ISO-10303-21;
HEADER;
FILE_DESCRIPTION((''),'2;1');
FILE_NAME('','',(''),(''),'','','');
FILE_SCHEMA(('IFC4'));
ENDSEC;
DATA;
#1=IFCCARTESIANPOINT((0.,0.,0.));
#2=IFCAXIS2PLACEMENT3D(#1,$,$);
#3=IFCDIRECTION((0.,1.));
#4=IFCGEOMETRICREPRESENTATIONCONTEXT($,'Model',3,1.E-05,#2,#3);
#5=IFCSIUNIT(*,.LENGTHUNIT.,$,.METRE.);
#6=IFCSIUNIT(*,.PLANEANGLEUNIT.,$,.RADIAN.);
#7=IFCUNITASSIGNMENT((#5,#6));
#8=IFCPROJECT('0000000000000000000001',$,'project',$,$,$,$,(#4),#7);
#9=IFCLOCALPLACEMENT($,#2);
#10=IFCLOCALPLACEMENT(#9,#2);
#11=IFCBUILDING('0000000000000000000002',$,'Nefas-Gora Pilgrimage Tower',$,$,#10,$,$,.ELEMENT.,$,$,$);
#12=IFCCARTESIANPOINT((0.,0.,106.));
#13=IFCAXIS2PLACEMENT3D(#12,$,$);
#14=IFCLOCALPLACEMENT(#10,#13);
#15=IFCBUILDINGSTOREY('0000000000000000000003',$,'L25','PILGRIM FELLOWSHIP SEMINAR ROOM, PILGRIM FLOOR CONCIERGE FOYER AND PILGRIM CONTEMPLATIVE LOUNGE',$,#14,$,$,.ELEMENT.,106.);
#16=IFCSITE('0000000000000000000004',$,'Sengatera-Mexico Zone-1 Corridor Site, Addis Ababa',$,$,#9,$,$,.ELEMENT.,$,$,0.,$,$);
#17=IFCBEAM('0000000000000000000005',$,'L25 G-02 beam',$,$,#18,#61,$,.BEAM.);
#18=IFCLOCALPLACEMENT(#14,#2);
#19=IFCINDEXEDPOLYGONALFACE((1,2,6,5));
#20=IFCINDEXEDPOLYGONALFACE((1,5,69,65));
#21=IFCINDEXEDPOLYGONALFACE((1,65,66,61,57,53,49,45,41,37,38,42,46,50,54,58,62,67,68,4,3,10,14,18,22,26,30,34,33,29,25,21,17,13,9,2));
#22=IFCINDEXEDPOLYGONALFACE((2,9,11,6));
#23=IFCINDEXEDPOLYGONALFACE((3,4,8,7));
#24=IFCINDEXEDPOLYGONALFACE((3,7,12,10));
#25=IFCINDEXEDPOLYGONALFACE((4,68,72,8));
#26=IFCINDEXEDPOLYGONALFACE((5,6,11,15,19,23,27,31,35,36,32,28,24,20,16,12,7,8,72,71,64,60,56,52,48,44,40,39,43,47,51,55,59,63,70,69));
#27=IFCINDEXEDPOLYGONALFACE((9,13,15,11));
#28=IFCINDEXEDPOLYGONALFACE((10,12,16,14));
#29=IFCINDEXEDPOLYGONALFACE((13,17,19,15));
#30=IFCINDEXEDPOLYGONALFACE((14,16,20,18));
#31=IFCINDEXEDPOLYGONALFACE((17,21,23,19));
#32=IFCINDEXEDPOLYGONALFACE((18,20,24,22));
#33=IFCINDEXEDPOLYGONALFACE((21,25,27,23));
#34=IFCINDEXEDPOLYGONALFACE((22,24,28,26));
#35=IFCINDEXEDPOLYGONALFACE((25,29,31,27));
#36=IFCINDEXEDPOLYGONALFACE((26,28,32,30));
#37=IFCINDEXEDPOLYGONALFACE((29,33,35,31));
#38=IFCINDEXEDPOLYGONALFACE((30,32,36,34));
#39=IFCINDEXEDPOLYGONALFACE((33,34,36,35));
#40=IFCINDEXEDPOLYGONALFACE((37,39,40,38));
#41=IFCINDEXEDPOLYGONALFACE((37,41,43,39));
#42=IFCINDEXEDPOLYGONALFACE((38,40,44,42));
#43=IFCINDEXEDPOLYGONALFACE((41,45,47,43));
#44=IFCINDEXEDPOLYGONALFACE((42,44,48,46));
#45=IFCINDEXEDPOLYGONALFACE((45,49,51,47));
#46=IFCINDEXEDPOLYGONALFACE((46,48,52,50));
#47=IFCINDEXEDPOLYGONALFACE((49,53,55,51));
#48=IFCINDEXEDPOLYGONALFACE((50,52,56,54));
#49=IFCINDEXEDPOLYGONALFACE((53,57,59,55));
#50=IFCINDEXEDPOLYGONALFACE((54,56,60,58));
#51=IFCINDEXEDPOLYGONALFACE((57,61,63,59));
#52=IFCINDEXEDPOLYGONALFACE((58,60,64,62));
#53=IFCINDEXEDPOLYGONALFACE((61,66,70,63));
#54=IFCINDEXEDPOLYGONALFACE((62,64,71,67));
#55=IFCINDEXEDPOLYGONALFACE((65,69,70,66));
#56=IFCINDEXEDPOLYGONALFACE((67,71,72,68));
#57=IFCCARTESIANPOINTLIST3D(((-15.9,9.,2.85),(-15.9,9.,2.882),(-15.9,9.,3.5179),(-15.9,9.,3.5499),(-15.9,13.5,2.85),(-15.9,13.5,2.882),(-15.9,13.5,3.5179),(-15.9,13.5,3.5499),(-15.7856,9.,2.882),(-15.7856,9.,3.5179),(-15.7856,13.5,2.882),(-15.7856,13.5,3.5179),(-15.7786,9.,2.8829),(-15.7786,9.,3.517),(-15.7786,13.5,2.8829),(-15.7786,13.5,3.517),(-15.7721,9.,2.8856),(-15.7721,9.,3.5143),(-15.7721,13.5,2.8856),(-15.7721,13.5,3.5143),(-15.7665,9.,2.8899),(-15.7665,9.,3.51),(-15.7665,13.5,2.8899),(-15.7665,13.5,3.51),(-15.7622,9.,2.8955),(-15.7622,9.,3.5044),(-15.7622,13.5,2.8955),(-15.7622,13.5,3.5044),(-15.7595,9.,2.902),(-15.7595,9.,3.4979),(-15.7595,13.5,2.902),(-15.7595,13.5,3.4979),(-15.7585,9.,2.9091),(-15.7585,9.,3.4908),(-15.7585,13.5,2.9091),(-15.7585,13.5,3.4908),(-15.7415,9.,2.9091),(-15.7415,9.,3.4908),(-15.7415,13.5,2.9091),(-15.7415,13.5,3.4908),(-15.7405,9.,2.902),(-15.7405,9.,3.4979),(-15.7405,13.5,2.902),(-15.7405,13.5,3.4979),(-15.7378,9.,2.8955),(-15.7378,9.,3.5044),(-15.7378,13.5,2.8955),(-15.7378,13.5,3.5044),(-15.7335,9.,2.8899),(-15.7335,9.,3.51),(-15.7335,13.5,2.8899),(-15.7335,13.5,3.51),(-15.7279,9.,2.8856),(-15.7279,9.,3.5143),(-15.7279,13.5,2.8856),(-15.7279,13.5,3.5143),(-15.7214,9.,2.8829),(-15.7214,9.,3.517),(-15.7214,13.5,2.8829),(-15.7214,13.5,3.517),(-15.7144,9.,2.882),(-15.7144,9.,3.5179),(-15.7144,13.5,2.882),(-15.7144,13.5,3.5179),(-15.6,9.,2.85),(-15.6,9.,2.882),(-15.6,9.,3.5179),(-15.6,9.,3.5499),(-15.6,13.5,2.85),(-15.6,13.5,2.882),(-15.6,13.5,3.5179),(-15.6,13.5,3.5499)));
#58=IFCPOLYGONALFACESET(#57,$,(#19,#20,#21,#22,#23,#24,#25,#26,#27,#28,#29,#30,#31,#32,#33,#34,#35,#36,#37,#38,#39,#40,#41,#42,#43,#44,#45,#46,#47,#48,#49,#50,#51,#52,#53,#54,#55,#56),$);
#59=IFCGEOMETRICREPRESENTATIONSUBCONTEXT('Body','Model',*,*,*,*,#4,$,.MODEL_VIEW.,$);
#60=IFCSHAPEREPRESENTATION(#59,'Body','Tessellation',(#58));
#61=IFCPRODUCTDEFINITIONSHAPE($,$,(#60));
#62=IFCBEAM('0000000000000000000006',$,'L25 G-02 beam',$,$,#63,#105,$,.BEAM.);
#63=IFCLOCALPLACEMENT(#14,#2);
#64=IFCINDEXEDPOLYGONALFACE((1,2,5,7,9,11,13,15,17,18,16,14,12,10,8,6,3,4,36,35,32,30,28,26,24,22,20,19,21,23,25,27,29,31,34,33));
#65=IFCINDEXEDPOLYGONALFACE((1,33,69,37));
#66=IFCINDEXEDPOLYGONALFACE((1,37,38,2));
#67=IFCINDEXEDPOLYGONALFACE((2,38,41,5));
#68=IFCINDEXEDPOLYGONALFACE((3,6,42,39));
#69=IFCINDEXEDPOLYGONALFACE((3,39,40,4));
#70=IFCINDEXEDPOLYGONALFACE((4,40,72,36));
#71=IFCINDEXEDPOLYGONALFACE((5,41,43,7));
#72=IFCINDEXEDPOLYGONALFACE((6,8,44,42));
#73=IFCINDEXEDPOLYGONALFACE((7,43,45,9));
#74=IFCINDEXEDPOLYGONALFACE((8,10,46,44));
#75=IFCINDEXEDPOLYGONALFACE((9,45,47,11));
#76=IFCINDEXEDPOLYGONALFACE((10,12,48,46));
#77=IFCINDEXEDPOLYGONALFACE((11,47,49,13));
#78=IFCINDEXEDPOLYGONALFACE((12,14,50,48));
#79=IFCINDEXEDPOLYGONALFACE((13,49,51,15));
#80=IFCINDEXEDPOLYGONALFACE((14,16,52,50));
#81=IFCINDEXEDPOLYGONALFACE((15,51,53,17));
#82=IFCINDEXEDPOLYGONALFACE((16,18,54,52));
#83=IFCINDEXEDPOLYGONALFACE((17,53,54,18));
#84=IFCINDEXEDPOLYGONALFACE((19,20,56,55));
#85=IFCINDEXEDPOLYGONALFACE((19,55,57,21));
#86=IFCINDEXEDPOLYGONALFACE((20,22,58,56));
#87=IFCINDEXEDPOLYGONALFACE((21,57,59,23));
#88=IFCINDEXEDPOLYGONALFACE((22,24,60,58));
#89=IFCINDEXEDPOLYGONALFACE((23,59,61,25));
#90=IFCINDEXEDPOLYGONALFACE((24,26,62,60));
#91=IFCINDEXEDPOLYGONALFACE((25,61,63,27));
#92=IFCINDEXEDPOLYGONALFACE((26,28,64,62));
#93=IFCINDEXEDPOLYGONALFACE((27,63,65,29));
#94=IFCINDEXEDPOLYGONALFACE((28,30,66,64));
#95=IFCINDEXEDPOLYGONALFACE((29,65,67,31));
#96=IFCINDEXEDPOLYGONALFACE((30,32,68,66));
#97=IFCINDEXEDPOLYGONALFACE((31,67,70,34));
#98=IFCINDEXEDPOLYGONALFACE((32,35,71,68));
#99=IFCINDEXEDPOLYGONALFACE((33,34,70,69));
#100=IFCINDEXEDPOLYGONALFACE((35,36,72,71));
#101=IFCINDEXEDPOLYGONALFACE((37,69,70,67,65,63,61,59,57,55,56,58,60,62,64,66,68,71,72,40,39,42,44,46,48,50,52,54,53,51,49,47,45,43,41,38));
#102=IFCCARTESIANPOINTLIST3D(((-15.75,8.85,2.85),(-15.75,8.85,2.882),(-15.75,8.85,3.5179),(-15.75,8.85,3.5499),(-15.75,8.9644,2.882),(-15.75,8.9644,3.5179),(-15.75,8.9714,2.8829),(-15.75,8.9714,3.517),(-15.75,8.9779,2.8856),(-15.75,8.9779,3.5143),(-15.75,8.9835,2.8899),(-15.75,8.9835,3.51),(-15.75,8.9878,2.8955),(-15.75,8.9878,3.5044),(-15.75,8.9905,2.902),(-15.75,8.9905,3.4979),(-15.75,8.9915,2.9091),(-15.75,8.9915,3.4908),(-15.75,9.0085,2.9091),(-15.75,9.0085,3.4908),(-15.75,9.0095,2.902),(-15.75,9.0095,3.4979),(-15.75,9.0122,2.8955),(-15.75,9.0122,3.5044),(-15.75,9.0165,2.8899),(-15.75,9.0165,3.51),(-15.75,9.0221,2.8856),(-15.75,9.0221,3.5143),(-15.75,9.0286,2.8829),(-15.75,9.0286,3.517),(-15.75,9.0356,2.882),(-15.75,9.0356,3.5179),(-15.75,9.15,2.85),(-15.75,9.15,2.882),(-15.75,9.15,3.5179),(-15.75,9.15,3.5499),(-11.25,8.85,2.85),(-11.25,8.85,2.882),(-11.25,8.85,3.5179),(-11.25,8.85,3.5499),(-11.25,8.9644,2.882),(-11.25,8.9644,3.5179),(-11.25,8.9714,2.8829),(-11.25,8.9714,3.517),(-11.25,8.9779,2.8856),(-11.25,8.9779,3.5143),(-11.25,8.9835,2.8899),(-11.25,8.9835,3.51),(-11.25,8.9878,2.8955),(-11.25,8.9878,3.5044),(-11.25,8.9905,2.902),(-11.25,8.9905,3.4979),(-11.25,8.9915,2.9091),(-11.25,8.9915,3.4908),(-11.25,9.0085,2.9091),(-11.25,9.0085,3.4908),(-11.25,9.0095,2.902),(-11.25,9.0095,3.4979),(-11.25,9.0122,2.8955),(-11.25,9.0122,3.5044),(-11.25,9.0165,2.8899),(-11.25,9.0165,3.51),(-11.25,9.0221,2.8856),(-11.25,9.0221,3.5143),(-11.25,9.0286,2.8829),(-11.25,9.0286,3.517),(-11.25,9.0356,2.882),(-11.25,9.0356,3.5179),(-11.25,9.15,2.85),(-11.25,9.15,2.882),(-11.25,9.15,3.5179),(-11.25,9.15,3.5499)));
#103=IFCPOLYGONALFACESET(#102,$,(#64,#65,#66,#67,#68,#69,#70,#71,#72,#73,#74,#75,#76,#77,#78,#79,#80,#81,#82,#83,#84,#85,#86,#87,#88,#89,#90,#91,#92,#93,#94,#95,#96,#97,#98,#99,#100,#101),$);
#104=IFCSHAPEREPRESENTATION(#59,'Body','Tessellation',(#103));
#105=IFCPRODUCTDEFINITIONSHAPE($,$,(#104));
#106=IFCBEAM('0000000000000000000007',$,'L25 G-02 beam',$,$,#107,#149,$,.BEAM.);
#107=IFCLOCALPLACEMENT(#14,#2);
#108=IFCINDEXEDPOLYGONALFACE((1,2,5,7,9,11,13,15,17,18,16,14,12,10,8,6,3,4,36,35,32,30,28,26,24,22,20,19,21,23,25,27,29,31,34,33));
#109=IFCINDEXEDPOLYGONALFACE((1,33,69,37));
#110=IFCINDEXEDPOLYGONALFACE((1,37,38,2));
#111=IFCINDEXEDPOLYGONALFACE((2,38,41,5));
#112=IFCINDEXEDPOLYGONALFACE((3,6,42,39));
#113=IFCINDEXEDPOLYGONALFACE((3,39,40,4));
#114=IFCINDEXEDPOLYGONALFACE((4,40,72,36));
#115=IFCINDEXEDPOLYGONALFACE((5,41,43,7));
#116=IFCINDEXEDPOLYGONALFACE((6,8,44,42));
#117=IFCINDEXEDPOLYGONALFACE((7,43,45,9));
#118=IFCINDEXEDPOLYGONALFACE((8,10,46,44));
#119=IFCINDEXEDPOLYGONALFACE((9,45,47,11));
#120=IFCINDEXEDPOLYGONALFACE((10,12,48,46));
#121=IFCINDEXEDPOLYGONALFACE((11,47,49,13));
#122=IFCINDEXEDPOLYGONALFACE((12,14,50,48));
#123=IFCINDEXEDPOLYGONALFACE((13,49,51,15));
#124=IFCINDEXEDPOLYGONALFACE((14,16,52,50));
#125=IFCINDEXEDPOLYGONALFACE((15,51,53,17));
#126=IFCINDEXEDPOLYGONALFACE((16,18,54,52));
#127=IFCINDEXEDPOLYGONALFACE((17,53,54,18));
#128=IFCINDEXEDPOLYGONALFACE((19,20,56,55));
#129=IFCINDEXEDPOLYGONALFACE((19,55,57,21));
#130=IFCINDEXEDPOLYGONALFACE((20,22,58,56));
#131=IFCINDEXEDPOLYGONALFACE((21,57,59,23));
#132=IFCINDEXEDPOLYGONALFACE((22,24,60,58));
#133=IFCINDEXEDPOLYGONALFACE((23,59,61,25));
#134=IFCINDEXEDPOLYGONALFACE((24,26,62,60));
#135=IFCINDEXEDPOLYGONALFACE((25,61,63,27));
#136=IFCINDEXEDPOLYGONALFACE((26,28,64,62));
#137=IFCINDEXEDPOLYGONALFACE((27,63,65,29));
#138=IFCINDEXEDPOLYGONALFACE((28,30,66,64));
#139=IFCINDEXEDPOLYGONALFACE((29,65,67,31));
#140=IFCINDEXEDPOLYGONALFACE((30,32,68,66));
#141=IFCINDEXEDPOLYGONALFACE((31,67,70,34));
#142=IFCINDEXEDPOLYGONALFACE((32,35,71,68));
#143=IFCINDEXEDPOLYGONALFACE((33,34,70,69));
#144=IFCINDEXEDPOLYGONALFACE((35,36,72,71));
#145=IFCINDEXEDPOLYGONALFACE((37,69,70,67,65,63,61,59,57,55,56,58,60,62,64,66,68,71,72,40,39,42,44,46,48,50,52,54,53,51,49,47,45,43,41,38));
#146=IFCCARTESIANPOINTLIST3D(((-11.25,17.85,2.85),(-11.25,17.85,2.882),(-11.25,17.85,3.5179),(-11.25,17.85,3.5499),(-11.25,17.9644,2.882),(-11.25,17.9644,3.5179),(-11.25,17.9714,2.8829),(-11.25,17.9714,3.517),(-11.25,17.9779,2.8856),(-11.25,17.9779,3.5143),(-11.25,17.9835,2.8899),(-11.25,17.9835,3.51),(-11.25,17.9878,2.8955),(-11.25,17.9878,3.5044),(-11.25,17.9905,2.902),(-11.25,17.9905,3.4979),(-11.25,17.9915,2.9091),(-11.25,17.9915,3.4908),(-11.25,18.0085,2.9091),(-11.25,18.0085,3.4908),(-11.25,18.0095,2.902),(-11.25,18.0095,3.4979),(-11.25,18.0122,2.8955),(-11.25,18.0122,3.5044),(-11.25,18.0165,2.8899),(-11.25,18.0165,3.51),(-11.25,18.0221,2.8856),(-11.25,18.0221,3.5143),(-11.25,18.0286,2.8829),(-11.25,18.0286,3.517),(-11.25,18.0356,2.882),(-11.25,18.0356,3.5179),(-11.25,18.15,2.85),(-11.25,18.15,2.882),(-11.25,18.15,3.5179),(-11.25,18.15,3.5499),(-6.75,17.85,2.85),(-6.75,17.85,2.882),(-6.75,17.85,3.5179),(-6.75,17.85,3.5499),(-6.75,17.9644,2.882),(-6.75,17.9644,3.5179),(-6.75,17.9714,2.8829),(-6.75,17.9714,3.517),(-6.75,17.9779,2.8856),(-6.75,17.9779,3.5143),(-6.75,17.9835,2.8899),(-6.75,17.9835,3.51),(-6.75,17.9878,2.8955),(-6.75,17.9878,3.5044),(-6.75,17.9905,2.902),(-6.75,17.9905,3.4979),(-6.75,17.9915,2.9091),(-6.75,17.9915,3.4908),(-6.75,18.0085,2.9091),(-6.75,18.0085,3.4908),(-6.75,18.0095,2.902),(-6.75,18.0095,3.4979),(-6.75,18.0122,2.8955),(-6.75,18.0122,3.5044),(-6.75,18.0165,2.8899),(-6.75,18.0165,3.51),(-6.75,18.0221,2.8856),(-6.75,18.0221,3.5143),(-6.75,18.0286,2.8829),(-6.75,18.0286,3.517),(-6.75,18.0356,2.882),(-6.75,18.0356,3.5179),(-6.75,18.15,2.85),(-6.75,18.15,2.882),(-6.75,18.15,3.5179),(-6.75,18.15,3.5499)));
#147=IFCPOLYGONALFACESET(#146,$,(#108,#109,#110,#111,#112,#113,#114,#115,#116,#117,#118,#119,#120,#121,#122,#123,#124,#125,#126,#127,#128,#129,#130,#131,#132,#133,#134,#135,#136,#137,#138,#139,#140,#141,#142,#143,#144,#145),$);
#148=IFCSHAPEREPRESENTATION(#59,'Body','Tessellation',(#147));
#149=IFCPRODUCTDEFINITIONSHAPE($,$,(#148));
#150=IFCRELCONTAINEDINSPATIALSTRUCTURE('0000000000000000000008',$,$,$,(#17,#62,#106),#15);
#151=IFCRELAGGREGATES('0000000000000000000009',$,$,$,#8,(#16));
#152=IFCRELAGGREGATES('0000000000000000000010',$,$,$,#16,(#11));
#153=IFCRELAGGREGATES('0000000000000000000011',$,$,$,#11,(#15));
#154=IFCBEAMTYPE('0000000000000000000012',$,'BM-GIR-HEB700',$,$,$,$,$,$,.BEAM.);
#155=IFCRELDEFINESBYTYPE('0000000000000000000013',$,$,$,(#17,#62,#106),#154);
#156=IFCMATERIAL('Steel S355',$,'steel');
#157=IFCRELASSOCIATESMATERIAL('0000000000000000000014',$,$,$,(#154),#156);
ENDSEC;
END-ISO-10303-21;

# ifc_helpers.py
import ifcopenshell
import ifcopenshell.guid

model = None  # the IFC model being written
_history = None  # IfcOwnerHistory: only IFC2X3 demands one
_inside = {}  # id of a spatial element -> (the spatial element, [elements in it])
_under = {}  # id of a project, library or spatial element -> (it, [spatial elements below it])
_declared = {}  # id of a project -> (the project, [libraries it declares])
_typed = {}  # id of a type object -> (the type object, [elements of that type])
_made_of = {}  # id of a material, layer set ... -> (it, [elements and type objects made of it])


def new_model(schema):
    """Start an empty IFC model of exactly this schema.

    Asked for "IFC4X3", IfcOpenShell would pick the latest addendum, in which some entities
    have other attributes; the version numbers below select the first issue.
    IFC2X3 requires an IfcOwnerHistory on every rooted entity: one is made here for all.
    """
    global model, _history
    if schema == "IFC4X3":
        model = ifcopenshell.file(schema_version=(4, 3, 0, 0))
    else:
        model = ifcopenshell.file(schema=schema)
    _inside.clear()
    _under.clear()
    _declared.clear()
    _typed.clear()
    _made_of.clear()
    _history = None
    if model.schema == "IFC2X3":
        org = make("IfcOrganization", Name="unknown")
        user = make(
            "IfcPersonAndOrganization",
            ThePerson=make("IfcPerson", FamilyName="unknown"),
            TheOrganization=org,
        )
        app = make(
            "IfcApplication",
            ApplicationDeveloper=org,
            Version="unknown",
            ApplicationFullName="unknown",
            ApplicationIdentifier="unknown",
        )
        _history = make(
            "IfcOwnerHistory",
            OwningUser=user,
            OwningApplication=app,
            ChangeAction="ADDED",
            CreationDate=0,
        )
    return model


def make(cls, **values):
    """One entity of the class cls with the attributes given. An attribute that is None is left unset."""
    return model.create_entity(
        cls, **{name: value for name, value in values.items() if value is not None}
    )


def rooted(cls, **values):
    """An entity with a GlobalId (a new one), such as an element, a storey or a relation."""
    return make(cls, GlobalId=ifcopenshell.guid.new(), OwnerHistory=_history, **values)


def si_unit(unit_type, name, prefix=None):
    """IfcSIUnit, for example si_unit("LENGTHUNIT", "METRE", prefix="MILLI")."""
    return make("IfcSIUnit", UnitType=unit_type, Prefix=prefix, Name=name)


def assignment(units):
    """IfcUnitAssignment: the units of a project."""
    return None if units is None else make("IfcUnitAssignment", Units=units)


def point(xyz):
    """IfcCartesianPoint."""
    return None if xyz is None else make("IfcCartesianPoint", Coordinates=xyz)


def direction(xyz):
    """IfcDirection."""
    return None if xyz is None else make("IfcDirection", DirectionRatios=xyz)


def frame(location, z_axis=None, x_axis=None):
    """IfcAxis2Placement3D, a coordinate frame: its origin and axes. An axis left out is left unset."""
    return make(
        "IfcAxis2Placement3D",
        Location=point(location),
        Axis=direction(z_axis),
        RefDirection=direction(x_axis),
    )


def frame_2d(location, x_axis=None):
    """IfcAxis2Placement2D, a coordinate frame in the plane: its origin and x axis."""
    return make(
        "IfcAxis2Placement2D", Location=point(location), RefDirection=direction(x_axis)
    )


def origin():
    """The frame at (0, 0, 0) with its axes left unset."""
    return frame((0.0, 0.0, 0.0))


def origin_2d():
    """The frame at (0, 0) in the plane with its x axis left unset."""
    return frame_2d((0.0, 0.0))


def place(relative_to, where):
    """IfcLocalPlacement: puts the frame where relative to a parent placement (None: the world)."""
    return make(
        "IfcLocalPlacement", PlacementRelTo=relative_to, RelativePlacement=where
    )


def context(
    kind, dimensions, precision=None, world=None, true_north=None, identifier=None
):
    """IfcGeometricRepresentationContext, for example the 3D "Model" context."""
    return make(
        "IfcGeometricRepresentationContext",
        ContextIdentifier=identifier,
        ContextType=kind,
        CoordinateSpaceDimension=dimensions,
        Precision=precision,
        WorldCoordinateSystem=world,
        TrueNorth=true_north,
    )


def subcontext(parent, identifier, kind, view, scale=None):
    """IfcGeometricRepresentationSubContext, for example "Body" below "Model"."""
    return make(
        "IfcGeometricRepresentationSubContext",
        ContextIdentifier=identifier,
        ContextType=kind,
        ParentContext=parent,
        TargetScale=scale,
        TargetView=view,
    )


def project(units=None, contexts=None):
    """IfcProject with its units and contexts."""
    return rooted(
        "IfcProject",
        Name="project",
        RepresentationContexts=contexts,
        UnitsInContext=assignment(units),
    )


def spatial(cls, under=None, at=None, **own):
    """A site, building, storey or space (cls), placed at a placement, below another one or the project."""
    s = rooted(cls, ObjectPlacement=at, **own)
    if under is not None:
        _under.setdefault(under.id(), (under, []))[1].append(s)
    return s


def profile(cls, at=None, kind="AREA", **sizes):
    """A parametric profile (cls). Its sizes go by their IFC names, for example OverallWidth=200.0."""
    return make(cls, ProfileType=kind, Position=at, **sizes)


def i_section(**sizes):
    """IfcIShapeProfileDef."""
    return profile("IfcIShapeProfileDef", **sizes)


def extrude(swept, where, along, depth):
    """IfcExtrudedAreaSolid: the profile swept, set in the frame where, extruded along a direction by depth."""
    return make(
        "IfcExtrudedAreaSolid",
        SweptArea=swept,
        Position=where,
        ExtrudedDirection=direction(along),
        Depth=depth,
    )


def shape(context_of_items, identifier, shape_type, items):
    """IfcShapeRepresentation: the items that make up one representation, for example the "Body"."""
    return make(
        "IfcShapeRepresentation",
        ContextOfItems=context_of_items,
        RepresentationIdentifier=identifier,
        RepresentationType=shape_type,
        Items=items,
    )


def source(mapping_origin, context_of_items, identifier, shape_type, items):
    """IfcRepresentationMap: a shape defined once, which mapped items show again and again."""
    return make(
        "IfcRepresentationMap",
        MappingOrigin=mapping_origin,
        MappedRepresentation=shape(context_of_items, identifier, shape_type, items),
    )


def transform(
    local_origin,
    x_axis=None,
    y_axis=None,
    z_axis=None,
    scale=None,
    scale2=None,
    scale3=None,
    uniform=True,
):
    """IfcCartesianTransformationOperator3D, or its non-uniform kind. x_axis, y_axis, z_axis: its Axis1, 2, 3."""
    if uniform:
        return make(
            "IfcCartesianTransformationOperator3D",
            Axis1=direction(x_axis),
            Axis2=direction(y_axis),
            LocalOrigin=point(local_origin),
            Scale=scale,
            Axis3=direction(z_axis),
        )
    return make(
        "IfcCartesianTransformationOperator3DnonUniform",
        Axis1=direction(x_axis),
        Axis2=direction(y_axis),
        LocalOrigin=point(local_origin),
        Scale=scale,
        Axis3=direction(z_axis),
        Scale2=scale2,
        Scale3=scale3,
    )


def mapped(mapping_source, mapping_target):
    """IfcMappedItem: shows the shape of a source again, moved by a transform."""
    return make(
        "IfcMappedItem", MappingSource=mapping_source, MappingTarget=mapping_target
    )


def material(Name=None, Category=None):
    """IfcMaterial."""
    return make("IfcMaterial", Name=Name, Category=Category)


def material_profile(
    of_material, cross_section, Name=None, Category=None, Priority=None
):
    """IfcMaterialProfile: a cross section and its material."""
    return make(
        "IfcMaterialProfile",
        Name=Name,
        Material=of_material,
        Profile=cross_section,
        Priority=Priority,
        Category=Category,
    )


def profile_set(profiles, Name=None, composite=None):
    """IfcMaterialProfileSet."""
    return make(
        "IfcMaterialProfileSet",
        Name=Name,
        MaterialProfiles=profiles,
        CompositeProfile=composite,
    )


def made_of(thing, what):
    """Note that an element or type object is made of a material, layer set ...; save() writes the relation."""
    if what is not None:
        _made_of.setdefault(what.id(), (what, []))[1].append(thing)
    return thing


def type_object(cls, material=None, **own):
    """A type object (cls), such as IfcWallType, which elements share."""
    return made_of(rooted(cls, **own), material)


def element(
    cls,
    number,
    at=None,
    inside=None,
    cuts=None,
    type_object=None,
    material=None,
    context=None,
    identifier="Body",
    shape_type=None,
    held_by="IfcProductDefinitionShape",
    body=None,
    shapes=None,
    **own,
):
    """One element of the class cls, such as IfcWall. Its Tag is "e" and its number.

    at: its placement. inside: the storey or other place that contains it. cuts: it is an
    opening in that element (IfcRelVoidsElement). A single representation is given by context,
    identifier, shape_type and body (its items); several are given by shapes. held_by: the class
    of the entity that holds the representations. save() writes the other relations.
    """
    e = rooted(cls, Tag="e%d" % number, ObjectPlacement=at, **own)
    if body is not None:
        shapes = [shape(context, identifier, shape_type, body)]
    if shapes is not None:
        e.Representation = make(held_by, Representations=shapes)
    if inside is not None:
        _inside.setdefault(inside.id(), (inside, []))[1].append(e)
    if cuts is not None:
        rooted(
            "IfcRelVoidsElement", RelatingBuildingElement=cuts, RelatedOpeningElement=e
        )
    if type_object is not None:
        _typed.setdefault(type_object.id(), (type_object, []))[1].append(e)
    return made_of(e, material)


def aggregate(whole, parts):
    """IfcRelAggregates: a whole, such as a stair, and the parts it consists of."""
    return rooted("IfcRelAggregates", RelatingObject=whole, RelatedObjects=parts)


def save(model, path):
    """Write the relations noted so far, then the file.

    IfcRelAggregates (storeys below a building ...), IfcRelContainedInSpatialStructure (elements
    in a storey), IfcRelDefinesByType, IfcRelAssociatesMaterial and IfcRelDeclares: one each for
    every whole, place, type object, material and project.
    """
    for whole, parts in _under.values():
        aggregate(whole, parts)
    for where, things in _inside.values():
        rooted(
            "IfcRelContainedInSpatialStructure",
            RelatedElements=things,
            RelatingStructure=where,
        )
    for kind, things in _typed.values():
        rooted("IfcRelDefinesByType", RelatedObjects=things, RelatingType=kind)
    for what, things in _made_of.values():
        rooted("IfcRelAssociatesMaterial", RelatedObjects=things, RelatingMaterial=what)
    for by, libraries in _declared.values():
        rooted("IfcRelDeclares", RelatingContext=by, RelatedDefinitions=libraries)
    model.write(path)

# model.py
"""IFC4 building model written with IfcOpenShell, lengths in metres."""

from ifc_helpers import new_model, si_unit, direction, frame, origin, origin_2d, place, context, subcontext, project, spatial, i_section, extrude, source, transform, mapped, material, material_profile, profile_set, type_object, element, save


model = new_model("IFC4")

# Units and contexts
model_context = context("Model", 3, precision=1e-05, world=origin(), true_north=direction((0.0, 1.0)))
body_context = subcontext(model_context, "Body", "Model", "MODEL_VIEW")
ifc_project = project(units=[si_unit("LENGTHUNIT", "METRE"), si_unit("PLANEANGLEUNIT", "RADIAN")], contexts=[model_context])

# Site, building, storey
site_placement = place(None, origin())
site = spatial("IfcSite", under=ifc_project, at=site_placement, Name="Sengatera-Mexico Zone-1 Corridor Site, Addis Ababa", CompositionType="ELEMENT", RefElevation=0.0)
building_placement = place(site_placement, origin())
building = spatial("IfcBuilding", under=site, at=building_placement, Name="Nefas-Gora Pilgrimage Tower", CompositionType="ELEMENT")
storey_placement = place(building_placement, frame((0.0, 0.0, 106.0)))
storey = spatial("IfcBuildingStorey", under=building, at=storey_placement, Name="L25", Description="PILGRIM FELLOWSHIP SEMINAR ROOM, PILGRIM FLOOR CONCIERGE FOYER AND PILGRIM CONTEMPLATIVE LOUNGE", CompositionType="ELEMENT", Elevation=106.0)

# Beams
ifc_material_1 = material(Name="Steel S355", Category="steel")
ifc_material_profile_1 = material_profile(ifc_material_1, i_section(OverallWidth=0.3, OverallDepth=0.7, WebThickness=0.0171, FlangeThickness=0.032, FilletRadius=0.0271, at=origin_2d()), Name="HEB 700")
ifc_profile_set_1 = profile_set([ifc_material_profile_1], Name="Steel S355")
beam_type_1 = type_object("IfcBeamType", Name="BM-GIR-HEB700", PredefinedType="BEAM", material=ifc_profile_set_1)
shared_shape_1 = source(origin(), body_context, "Body", "SweptSolid", [
    extrude(i_section(OverallWidth=0.3, OverallDepth=0.7, WebThickness=0.0171, FlangeThickness=0.032, FilletRadius=0.0271, at=origin_2d()), origin(), (0.0, 0.0, 1.0), 4.5),
])
for number, where, z_axis, x_axis, name in (
    (1, (-15.75, 9.0, 3.2), (0.0, 1.0, 0.0), (-1.0, 0.0, 0.0), "L25 G-02 beam"),
    (2, (-15.75, 9.0, 3.2), (1.0, 0.0, 0.0), (0.0, 1.0, 0.0), "L25 G-02 beam"),
    (3, (-11.25, 18.0, 3.2), (1.0, 0.0, 0.0), (0.0, 1.0, 0.0), "L25 G-02 beam"),
):
    element("IfcBeam", number, at=place(storey_placement, frame(where, z_axis=z_axis, x_axis=x_axis)), inside=storey, type_object=beam_type_1, Name=name, PredefinedType="BEAM", context=body_context, shape_type="MappedRepresentation", body=[
        mapped(shared_shape_1, transform((0.0, 0.0, 0.0), x_axis=(1.0, 0.0, 0.0), y_axis=(0.0, 1.0, 0.0), z_axis=(0.0, 0.0, 1.0), scale=1.0)),
    ])

save(model, "model.ifc")
